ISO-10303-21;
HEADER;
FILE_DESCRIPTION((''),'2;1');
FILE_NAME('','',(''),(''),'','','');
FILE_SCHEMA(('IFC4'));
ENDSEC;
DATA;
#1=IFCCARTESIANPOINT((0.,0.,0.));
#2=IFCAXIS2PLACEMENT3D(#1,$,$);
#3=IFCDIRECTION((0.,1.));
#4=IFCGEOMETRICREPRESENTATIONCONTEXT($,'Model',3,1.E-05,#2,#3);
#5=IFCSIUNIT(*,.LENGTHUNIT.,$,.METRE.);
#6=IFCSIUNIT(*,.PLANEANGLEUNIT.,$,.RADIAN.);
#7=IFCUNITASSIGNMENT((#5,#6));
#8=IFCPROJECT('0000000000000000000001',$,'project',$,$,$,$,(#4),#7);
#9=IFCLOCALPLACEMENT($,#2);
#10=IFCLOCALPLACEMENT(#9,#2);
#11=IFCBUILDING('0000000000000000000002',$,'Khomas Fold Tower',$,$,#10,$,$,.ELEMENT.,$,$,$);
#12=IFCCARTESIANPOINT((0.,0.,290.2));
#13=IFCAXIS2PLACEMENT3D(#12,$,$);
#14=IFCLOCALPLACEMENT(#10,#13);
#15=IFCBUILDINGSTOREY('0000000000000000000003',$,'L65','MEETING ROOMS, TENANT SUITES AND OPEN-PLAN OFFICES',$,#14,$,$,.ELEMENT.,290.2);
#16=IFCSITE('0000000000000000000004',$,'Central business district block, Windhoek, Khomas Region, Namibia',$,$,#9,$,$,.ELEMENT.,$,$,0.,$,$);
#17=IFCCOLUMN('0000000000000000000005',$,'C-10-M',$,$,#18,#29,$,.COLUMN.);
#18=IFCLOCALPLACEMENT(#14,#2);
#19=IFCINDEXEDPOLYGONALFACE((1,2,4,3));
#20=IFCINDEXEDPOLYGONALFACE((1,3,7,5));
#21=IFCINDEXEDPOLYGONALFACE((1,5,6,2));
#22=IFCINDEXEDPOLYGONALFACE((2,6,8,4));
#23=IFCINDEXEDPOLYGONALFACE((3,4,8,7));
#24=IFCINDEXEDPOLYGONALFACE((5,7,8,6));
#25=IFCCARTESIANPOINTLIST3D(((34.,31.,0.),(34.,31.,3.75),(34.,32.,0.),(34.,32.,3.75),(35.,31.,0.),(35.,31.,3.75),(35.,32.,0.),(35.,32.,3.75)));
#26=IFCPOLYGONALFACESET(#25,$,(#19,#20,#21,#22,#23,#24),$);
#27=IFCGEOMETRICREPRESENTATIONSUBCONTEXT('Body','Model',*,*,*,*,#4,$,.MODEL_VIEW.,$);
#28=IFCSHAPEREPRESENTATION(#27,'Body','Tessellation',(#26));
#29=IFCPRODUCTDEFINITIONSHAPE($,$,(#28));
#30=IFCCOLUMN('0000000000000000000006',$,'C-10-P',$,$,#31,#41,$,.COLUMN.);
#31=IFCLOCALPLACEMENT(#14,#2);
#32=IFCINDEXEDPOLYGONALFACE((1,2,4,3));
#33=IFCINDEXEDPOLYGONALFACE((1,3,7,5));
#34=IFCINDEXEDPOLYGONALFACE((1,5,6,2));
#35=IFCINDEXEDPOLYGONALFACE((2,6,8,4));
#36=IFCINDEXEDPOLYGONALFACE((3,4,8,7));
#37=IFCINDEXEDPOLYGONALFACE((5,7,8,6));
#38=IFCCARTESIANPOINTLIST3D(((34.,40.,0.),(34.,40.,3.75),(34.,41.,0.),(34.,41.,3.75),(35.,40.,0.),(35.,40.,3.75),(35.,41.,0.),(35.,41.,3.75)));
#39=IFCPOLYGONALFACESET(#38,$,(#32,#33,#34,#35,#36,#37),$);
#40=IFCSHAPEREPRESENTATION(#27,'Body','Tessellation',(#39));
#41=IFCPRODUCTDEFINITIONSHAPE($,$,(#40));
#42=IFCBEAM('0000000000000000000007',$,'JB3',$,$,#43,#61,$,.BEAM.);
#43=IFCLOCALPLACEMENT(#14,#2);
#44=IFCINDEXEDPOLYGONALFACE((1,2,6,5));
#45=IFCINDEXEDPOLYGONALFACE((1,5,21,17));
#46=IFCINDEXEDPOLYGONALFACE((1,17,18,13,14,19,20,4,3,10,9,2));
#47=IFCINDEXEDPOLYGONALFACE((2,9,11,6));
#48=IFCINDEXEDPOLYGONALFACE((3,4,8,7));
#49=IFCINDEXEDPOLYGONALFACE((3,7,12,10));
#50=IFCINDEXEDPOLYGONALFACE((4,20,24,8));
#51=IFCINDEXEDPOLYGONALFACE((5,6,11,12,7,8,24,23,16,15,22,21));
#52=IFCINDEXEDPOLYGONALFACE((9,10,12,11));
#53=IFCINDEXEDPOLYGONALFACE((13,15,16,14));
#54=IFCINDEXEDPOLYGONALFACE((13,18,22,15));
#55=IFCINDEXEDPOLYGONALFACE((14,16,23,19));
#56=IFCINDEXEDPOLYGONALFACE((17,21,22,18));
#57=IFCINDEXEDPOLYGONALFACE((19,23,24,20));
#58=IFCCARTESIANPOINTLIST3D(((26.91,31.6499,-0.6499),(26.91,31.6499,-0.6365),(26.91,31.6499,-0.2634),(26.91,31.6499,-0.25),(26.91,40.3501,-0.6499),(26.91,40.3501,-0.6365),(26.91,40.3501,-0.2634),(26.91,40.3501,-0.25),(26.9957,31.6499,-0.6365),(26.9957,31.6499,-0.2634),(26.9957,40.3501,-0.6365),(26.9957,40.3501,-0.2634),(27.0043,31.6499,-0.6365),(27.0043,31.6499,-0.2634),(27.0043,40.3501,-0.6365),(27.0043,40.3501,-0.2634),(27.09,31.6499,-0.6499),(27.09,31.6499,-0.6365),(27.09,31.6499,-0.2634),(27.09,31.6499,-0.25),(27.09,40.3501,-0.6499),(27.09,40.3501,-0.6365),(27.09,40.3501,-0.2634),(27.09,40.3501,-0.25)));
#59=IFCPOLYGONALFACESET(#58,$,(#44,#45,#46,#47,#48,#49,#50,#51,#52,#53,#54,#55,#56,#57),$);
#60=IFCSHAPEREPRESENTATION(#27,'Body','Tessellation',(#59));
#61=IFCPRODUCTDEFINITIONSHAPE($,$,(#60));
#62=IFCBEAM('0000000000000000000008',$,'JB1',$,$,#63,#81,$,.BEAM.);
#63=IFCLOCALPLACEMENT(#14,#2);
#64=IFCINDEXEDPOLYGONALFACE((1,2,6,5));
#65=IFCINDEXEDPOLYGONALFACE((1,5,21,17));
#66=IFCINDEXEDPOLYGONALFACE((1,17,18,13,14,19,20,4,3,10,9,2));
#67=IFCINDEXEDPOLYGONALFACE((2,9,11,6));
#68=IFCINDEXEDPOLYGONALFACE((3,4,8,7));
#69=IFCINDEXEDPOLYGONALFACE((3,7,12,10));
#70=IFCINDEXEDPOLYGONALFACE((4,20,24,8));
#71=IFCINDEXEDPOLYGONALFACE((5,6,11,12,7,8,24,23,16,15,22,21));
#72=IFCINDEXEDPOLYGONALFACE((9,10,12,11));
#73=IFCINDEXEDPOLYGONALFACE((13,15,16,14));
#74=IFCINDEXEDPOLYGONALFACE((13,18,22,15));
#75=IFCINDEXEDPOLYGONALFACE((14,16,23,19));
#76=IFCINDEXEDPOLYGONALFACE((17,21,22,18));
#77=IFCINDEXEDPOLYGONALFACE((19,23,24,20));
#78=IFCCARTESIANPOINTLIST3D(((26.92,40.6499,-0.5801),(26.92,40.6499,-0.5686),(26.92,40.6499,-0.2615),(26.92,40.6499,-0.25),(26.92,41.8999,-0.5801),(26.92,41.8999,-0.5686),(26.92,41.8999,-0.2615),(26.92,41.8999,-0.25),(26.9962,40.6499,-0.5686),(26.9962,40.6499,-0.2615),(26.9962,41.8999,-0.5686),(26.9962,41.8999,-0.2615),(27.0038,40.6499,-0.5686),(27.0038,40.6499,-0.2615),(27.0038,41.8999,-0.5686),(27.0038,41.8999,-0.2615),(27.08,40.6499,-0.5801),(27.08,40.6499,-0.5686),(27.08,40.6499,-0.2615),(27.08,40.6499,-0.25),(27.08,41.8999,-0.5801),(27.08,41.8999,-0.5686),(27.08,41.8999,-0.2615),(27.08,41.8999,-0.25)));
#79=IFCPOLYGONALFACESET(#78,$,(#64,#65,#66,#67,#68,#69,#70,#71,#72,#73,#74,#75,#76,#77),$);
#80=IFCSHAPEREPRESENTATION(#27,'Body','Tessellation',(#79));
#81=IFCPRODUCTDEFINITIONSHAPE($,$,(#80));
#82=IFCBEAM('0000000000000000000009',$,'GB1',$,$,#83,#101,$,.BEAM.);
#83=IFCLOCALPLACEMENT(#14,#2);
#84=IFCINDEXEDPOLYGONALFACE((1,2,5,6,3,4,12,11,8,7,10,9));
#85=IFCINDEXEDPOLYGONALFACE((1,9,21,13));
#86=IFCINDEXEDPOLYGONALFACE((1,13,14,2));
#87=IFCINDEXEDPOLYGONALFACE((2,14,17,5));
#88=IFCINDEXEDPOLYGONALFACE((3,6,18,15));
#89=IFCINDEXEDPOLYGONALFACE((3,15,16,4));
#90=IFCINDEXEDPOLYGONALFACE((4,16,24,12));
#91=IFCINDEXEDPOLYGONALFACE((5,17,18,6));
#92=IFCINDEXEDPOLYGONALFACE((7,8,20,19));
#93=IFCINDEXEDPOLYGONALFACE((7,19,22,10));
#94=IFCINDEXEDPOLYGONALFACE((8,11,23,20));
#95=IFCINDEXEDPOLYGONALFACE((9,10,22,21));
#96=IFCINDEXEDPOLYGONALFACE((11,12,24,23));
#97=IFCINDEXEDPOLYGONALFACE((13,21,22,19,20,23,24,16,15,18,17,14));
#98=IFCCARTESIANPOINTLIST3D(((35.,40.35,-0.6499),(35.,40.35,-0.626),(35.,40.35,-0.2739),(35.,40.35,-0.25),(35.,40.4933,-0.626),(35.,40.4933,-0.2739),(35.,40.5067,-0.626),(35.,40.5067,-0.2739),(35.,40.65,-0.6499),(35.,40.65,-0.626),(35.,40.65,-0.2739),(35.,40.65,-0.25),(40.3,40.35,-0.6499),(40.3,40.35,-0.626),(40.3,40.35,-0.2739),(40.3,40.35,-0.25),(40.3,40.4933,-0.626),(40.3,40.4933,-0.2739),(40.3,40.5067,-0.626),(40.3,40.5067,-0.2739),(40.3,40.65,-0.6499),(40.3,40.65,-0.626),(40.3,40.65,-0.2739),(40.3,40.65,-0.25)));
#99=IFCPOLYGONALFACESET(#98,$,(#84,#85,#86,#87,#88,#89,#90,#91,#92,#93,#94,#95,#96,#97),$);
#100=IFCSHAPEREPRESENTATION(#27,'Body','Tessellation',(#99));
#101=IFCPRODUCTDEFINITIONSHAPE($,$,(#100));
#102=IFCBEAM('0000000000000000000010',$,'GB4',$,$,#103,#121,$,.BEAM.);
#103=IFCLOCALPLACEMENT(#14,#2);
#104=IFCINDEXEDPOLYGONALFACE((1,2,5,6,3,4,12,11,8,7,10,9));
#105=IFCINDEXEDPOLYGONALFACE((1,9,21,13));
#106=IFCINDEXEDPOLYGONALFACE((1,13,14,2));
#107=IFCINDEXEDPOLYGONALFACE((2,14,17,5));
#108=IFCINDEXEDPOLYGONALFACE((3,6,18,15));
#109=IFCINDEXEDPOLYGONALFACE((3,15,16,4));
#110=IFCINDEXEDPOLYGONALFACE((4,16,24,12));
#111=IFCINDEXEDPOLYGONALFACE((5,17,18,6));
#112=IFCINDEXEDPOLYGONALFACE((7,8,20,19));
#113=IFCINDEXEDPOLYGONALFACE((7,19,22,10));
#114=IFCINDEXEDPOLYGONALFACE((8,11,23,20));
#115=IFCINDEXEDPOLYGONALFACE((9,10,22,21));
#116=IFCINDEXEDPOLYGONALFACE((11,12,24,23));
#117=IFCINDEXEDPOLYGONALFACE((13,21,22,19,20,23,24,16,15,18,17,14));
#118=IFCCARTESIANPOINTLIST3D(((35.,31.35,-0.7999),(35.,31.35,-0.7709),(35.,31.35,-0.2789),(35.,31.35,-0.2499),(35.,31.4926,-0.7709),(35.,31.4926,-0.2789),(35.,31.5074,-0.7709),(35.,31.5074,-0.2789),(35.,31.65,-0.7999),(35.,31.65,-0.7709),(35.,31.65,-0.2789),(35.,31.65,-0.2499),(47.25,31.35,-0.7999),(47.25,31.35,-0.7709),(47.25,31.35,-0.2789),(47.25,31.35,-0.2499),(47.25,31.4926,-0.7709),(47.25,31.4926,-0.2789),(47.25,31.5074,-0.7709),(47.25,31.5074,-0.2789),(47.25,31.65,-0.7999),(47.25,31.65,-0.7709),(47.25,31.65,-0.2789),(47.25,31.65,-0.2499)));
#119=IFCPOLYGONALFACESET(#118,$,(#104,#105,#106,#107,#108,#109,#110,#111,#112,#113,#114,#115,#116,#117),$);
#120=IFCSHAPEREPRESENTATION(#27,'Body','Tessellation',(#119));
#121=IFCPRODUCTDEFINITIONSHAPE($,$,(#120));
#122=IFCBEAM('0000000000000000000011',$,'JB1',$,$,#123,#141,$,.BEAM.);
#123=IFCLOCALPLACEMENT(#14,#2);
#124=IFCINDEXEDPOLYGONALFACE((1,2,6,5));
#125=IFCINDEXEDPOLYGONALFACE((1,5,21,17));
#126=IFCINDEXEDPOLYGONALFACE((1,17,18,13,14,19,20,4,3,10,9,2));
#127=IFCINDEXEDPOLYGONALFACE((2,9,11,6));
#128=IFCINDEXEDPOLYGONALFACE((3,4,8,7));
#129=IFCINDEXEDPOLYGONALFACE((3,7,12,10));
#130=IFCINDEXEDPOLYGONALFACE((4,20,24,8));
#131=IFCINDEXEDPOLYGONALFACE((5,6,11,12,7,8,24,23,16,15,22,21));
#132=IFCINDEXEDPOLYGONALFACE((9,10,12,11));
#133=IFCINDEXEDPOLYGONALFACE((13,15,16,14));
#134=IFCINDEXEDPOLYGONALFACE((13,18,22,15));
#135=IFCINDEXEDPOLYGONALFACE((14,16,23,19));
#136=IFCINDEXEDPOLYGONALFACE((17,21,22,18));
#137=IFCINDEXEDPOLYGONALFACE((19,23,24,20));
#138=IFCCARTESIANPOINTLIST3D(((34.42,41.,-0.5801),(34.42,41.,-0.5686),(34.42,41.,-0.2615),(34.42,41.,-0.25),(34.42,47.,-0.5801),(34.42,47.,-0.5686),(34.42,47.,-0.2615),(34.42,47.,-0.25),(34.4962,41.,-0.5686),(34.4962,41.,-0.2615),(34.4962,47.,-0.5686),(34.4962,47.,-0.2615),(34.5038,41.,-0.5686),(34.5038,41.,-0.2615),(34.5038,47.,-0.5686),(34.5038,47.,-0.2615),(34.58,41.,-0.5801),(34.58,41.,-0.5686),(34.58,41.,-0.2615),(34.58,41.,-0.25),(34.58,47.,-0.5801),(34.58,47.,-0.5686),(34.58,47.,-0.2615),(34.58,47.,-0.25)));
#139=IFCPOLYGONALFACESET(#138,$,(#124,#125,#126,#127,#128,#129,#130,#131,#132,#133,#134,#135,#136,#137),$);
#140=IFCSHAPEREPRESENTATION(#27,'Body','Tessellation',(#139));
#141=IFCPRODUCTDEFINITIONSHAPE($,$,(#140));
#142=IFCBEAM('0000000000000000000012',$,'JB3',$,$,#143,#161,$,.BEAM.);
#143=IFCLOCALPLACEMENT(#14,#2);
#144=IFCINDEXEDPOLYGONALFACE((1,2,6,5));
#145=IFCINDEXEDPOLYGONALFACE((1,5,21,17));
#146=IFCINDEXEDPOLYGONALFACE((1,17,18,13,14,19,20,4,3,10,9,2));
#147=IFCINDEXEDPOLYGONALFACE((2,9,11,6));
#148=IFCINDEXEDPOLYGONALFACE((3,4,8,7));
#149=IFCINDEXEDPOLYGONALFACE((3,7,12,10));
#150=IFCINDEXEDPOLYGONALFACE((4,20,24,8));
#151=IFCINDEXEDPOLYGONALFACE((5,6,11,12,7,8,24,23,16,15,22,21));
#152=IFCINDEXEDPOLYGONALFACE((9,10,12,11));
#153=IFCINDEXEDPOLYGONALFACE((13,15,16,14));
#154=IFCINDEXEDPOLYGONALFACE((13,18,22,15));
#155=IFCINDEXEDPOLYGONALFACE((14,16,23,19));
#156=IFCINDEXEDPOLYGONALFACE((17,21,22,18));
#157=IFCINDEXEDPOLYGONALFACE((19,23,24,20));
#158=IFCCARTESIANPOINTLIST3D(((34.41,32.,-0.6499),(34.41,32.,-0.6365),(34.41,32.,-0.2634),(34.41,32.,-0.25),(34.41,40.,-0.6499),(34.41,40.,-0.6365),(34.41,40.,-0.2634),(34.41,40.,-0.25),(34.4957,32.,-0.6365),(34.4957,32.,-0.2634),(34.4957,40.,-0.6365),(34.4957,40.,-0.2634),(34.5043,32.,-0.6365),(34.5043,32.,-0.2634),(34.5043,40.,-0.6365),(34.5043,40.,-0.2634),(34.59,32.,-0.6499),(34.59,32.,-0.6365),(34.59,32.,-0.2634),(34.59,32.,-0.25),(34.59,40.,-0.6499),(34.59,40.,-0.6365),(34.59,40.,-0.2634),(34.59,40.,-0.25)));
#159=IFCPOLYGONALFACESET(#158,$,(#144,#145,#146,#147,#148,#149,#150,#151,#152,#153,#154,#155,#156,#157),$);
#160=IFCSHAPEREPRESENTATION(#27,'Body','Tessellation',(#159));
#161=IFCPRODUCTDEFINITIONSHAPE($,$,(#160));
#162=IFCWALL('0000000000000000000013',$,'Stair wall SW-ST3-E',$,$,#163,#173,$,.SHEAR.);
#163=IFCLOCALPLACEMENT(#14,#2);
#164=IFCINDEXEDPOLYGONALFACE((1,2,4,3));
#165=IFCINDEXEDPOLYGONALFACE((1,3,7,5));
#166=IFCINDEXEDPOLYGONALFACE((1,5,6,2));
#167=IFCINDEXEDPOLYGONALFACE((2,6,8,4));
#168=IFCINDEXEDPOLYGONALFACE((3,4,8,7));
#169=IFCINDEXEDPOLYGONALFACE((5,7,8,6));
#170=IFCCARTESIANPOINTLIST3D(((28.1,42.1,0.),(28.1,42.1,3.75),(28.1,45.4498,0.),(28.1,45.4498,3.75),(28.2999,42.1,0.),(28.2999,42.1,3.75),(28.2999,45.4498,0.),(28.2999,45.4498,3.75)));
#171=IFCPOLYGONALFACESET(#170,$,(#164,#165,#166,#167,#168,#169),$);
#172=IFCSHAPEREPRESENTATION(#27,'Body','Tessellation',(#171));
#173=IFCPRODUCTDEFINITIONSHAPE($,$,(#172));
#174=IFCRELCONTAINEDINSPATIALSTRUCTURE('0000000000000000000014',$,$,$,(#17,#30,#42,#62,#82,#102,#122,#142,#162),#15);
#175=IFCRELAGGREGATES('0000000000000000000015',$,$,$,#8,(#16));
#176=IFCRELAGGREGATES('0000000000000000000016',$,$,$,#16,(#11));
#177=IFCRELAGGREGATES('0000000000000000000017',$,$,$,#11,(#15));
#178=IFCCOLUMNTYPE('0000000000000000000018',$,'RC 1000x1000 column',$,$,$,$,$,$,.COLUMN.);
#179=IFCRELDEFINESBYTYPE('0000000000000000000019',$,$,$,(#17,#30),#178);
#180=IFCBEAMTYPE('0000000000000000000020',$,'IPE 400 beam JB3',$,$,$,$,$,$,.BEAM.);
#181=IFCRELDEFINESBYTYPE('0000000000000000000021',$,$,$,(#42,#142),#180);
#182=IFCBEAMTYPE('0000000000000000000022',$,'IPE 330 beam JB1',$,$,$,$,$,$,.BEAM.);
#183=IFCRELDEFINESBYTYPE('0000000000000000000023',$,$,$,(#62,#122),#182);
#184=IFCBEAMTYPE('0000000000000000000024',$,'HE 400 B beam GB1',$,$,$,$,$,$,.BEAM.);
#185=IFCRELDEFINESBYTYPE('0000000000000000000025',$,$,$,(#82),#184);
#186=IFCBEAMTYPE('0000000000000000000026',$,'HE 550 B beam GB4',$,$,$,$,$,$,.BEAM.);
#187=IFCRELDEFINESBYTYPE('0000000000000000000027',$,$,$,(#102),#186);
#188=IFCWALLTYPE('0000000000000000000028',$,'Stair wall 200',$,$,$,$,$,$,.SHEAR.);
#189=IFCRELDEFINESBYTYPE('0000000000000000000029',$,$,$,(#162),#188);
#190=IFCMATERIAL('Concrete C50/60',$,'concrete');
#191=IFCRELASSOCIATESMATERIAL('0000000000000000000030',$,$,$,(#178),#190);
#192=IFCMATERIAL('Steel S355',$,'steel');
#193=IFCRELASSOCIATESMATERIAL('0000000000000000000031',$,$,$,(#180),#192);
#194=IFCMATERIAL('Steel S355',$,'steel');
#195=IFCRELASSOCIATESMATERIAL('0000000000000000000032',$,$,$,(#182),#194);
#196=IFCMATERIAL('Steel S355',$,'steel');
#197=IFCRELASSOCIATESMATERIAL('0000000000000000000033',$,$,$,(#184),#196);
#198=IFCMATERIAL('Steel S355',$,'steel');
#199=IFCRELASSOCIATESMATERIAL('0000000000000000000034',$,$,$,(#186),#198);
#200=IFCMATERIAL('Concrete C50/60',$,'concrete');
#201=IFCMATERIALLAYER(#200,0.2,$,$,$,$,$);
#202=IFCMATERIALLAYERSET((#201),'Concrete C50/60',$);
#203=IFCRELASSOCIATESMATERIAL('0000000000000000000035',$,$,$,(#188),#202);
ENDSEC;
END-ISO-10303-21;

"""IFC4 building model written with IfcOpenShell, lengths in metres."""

from ifc_helpers import new_model, si_unit, direction, frame, frame_2d, origin, origin_2d, place, context, subcontext, project, spatial, rectangle, i_section, extrude, source, transform, mapped, material, layer, layer_set, material_profile, profile_set, type_object, element, save


model = new_model("IFC4")

# Units and contexts
model_context = context("Model", 3, precision=1e-05, world=origin(), true_north=direction((0.0, 1.0)))
body_context = subcontext(model_context, "Body", "Model", "MODEL_VIEW")
ifc_project = project(units=[si_unit("LENGTHUNIT", "METRE"), si_unit("PLANEANGLEUNIT", "RADIAN")], contexts=[model_context])

# Site, building, storey
site_placement = place(None, origin())
site = spatial("IfcSite", under=ifc_project, at=site_placement, Name="Central business district block, Windhoek, Khomas Region, Namibia", CompositionType="ELEMENT", RefElevation=0.0)
building_placement = place(site_placement, origin())
building = spatial("IfcBuilding", under=site, at=building_placement, Name="Khomas Fold Tower", CompositionType="ELEMENT")
storey_placement = place(building_placement, frame((0.0, 0.0, 290.2)))
storey = spatial("IfcBuildingStorey", under=building, at=storey_placement, Name="L65", Description="MEETING ROOMS, TENANT SUITES AND OPEN-PLAN OFFICES", CompositionType="ELEMENT", Elevation=290.2)

# Columns
ifc_material_1 = material(Name="Concrete C50/60", Category="concrete")
ifc_material_profile_1 = material_profile(ifc_material_1, rectangle(XDim=1.0, YDim=1.0, at=origin_2d()), Name="RC 1000x1000")
ifc_profile_set_1 = profile_set([ifc_material_profile_1], Name="Concrete C50/60")
column_type = type_object("IfcColumnType", Name="RC 1000x1000 column", PredefinedType="COLUMN", material=ifc_profile_set_1)
shared_shape_1 = source(origin(), body_context, "Body", "SweptSolid", [
    extrude(rectangle(XDim=1.0, YDim=1.0, at=origin_2d()), origin(), (0.0, 0.0, 1.0), 3.75),
])
for number, where, z_axis, x_axis, name in (
    (1, (34.5, 31.5, 0.0), (0.0, 0.0, 1.0), (1.0, 0.0, 0.0), "C-10-M"),
    (2, (34.5, 40.5, 0.0), (0.0, 0.0, 1.0), (1.0, 0.0, 0.0), "C-10-P"),
):
    element("IfcColumn", number, at=place(storey_placement, frame(where, z_axis=z_axis, x_axis=x_axis)), inside=storey, type_object=column_type, Name=name, PredefinedType="COLUMN", context=body_context, shape_type="MappedRepresentation", body=[
        mapped(shared_shape_1, transform((0.0, 0.0, 0.0))),
    ])

# Beams
ifc_material_2 = material(Name="Steel S355", Category="steel")
ifc_material_profile_2 = material_profile(ifc_material_2, i_section(OverallWidth=0.1799, OverallDepth=0.3999, WebThickness=0.0085, FlangeThickness=0.0134, at=origin_2d()), Name="IPE 400")
ifc_profile_set_2 = profile_set([ifc_material_profile_2], Name="Steel S355")
beam_type_1 = type_object("IfcBeamType", Name="IPE 400 beam JB3", PredefinedType="BEAM", material=ifc_profile_set_2)
shared_shape_2 = source(origin(), body_context, "Body", "SweptSolid", [
    extrude(i_section(OverallWidth=0.1799, OverallDepth=0.3999, WebThickness=0.0085, FlangeThickness=0.0134, at=origin_2d()), origin(), (0.0, 0.0, 1.0), 8.7002),
])
beam_1_placement = place(storey_placement, frame((27.0, 31.6499, -0.45), z_axis=(0.0, 1.0, 0.0), x_axis=(-1.0, 0.0, 0.0)))
element("IfcBeam", 3, at=beam_1_placement, inside=storey, type_object=beam_type_1, Name="JB3", PredefinedType="BEAM", context=body_context, shape_type="MappedRepresentation", body=[
    mapped(shared_shape_2, transform((0.0, 0.0, 0.0))),
])
ifc_material_3 = material(Name="Steel S355", Category="steel")
ifc_material_profile_3 = material_profile(ifc_material_3, i_section(OverallWidth=0.1599, OverallDepth=0.3301, WebThickness=0.0076, FlangeThickness=0.0115, at=origin_2d()), Name="IPE 330")
ifc_profile_set_3 = profile_set([ifc_material_profile_3], Name="Steel S355")
beam_type_2 = type_object("IfcBeamType", Name="IPE 330 beam JB1", PredefinedType="BEAM", material=ifc_profile_set_3)
shared_shape_3 = source(origin(), body_context, "Body", "SweptSolid", [
    extrude(i_section(OverallWidth=0.1599, OverallDepth=0.3301, WebThickness=0.0076, FlangeThickness=0.0115, at=origin_2d()), origin(), (0.0, 0.0, 1.0), 1.25),
])
beam_2_placement = place(storey_placement, frame((27.0, 40.6499, -0.415), z_axis=(0.0, 1.0, 0.0), x_axis=(-1.0, 0.0, 0.0)))
element("IfcBeam", 4, at=beam_2_placement, inside=storey, type_object=beam_type_2, Name="JB1", PredefinedType="BEAM", context=body_context, shape_type="MappedRepresentation", body=[
    mapped(shared_shape_3, transform((0.0, 0.0, 0.0))),
])
ifc_material_4 = material(Name="Steel S355", Category="steel")
ifc_material_profile_4 = material_profile(ifc_material_4, i_section(OverallWidth=0.3, OverallDepth=0.3999, WebThickness=0.0134, FlangeThickness=0.0239, at=origin_2d()), Name="HE 400 B")
ifc_profile_set_4 = profile_set([ifc_material_profile_4], Name="Steel S355")
beam_type_3 = type_object("IfcBeamType", Name="HE 400 B beam GB1", PredefinedType="BEAM", material=ifc_profile_set_4)
shared_shape_4 = source(origin(), body_context, "Body", "SweptSolid", [
    extrude(i_section(OverallWidth=0.3, OverallDepth=0.3999, WebThickness=0.0134, FlangeThickness=0.0239, at=origin_2d()), origin(), (0.0, 0.0, 1.0), 5.3),
])
beam_3_placement = place(storey_placement, frame((35.0, 40.5, -0.45), z_axis=(1.0, 0.0, 0.0), x_axis=(0.0, 1.0, 0.0)))
element("IfcBeam", 5, at=beam_3_placement, inside=storey, type_object=beam_type_3, Name="GB1", PredefinedType="BEAM", context=body_context, shape_type="MappedRepresentation", body=[
    mapped(shared_shape_4, transform((0.0, 0.0, 0.0))),
])
ifc_material_5 = material(Name="Steel S355", Category="steel")
ifc_material_profile_5 = material_profile(ifc_material_5, i_section(OverallWidth=0.3, OverallDepth=0.55, WebThickness=0.0149, FlangeThickness=0.0291, at=origin_2d()), Name="HE 550 B")
ifc_profile_set_5 = profile_set([ifc_material_profile_5], Name="Steel S355")
beam_type_4 = type_object("IfcBeamType", Name="HE 550 B beam GB4", PredefinedType="BEAM", material=ifc_profile_set_5)
shared_shape_5 = source(origin(), body_context, "Body", "SweptSolid", [
    extrude(i_section(OverallWidth=0.3, OverallDepth=0.55, WebThickness=0.0149, FlangeThickness=0.0291, at=origin_2d()), origin(), (0.0, 0.0, 1.0), 12.25),
])
beam_4_placement = place(storey_placement, frame((35.0, 31.5, -0.5249), z_axis=(1.0, 0.0, 0.0), x_axis=(0.0, 1.0, 0.0)))
element("IfcBeam", 6, at=beam_4_placement, inside=storey, type_object=beam_type_4, Name="GB4", PredefinedType="BEAM", context=body_context, shape_type="MappedRepresentation", body=[
    mapped(shared_shape_5, transform((0.0, 0.0, 0.0))),
])
shared_shape_6 = source(origin(), body_context, "Body", "SweptSolid", [
    extrude(i_section(OverallWidth=0.1599, OverallDepth=0.3301, WebThickness=0.0076, FlangeThickness=0.0115, at=origin_2d()), origin(), (0.0, 0.0, 1.0), 6.0),
])
beam_5_placement = place(storey_placement, frame((34.5, 41.0, -0.415), z_axis=(0.0, 1.0, 0.0), x_axis=(-1.0, 0.0, 0.0)))
element("IfcBeam", 7, at=beam_5_placement, inside=storey, type_object=beam_type_2, Name="JB1", PredefinedType="BEAM", context=body_context, shape_type="MappedRepresentation", body=[
    mapped(shared_shape_6, transform((0.0, 0.0, 0.0))),
])
shared_shape_7 = source(origin(), body_context, "Body", "SweptSolid", [
    extrude(i_section(OverallWidth=0.1799, OverallDepth=0.3999, WebThickness=0.0085, FlangeThickness=0.0134, at=origin_2d()), origin(), (0.0, 0.0, 1.0), 8.0),
])
beam_6_placement = place(storey_placement, frame((34.5, 32.0, -0.45), z_axis=(0.0, 1.0, 0.0), x_axis=(-1.0, 0.0, 0.0)))
element("IfcBeam", 8, at=beam_6_placement, inside=storey, type_object=beam_type_1, Name="JB3", PredefinedType="BEAM", context=body_context, shape_type="MappedRepresentation", body=[
    mapped(shared_shape_7, transform((0.0, 0.0, 0.0))),
])

# Wall
ifc_material_6 = material(Name="Concrete C50/60", Category="concrete")
ifc_layer_1 = layer(ifc_material_6, 0.2)
ifc_layer_set_1 = layer_set([ifc_layer_1], Name="Concrete C50/60")
wall_type_1 = type_object("IfcWallType", Name="Stair wall 200", PredefinedType="SHEAR", material=ifc_layer_set_1)
shared_shape_8 = source(origin(), body_context, "Body", "SweptSolid", [
    extrude(rectangle(XDim=3.3499, YDim=0.2, at=frame_2d((1.6748, 0.0))), origin(), (0.0, 0.0, 1.0), 3.75),
])
wall_1_placement = place(storey_placement, frame((28.2, 42.1001, 0.0), z_axis=(0.0, 0.0, 1.0), x_axis=(0.0, 1.0, 0.0)))
element("IfcWall", 9, at=wall_1_placement, inside=storey, type_object=wall_type_1, Name="Stair wall SW-ST3-E", PredefinedType="SHEAR", context=body_context, shape_type="MappedRepresentation", body=[
    mapped(shared_shape_8, transform((0.0, 0.0, 0.0))),
])

save(model, "model.ifc")
